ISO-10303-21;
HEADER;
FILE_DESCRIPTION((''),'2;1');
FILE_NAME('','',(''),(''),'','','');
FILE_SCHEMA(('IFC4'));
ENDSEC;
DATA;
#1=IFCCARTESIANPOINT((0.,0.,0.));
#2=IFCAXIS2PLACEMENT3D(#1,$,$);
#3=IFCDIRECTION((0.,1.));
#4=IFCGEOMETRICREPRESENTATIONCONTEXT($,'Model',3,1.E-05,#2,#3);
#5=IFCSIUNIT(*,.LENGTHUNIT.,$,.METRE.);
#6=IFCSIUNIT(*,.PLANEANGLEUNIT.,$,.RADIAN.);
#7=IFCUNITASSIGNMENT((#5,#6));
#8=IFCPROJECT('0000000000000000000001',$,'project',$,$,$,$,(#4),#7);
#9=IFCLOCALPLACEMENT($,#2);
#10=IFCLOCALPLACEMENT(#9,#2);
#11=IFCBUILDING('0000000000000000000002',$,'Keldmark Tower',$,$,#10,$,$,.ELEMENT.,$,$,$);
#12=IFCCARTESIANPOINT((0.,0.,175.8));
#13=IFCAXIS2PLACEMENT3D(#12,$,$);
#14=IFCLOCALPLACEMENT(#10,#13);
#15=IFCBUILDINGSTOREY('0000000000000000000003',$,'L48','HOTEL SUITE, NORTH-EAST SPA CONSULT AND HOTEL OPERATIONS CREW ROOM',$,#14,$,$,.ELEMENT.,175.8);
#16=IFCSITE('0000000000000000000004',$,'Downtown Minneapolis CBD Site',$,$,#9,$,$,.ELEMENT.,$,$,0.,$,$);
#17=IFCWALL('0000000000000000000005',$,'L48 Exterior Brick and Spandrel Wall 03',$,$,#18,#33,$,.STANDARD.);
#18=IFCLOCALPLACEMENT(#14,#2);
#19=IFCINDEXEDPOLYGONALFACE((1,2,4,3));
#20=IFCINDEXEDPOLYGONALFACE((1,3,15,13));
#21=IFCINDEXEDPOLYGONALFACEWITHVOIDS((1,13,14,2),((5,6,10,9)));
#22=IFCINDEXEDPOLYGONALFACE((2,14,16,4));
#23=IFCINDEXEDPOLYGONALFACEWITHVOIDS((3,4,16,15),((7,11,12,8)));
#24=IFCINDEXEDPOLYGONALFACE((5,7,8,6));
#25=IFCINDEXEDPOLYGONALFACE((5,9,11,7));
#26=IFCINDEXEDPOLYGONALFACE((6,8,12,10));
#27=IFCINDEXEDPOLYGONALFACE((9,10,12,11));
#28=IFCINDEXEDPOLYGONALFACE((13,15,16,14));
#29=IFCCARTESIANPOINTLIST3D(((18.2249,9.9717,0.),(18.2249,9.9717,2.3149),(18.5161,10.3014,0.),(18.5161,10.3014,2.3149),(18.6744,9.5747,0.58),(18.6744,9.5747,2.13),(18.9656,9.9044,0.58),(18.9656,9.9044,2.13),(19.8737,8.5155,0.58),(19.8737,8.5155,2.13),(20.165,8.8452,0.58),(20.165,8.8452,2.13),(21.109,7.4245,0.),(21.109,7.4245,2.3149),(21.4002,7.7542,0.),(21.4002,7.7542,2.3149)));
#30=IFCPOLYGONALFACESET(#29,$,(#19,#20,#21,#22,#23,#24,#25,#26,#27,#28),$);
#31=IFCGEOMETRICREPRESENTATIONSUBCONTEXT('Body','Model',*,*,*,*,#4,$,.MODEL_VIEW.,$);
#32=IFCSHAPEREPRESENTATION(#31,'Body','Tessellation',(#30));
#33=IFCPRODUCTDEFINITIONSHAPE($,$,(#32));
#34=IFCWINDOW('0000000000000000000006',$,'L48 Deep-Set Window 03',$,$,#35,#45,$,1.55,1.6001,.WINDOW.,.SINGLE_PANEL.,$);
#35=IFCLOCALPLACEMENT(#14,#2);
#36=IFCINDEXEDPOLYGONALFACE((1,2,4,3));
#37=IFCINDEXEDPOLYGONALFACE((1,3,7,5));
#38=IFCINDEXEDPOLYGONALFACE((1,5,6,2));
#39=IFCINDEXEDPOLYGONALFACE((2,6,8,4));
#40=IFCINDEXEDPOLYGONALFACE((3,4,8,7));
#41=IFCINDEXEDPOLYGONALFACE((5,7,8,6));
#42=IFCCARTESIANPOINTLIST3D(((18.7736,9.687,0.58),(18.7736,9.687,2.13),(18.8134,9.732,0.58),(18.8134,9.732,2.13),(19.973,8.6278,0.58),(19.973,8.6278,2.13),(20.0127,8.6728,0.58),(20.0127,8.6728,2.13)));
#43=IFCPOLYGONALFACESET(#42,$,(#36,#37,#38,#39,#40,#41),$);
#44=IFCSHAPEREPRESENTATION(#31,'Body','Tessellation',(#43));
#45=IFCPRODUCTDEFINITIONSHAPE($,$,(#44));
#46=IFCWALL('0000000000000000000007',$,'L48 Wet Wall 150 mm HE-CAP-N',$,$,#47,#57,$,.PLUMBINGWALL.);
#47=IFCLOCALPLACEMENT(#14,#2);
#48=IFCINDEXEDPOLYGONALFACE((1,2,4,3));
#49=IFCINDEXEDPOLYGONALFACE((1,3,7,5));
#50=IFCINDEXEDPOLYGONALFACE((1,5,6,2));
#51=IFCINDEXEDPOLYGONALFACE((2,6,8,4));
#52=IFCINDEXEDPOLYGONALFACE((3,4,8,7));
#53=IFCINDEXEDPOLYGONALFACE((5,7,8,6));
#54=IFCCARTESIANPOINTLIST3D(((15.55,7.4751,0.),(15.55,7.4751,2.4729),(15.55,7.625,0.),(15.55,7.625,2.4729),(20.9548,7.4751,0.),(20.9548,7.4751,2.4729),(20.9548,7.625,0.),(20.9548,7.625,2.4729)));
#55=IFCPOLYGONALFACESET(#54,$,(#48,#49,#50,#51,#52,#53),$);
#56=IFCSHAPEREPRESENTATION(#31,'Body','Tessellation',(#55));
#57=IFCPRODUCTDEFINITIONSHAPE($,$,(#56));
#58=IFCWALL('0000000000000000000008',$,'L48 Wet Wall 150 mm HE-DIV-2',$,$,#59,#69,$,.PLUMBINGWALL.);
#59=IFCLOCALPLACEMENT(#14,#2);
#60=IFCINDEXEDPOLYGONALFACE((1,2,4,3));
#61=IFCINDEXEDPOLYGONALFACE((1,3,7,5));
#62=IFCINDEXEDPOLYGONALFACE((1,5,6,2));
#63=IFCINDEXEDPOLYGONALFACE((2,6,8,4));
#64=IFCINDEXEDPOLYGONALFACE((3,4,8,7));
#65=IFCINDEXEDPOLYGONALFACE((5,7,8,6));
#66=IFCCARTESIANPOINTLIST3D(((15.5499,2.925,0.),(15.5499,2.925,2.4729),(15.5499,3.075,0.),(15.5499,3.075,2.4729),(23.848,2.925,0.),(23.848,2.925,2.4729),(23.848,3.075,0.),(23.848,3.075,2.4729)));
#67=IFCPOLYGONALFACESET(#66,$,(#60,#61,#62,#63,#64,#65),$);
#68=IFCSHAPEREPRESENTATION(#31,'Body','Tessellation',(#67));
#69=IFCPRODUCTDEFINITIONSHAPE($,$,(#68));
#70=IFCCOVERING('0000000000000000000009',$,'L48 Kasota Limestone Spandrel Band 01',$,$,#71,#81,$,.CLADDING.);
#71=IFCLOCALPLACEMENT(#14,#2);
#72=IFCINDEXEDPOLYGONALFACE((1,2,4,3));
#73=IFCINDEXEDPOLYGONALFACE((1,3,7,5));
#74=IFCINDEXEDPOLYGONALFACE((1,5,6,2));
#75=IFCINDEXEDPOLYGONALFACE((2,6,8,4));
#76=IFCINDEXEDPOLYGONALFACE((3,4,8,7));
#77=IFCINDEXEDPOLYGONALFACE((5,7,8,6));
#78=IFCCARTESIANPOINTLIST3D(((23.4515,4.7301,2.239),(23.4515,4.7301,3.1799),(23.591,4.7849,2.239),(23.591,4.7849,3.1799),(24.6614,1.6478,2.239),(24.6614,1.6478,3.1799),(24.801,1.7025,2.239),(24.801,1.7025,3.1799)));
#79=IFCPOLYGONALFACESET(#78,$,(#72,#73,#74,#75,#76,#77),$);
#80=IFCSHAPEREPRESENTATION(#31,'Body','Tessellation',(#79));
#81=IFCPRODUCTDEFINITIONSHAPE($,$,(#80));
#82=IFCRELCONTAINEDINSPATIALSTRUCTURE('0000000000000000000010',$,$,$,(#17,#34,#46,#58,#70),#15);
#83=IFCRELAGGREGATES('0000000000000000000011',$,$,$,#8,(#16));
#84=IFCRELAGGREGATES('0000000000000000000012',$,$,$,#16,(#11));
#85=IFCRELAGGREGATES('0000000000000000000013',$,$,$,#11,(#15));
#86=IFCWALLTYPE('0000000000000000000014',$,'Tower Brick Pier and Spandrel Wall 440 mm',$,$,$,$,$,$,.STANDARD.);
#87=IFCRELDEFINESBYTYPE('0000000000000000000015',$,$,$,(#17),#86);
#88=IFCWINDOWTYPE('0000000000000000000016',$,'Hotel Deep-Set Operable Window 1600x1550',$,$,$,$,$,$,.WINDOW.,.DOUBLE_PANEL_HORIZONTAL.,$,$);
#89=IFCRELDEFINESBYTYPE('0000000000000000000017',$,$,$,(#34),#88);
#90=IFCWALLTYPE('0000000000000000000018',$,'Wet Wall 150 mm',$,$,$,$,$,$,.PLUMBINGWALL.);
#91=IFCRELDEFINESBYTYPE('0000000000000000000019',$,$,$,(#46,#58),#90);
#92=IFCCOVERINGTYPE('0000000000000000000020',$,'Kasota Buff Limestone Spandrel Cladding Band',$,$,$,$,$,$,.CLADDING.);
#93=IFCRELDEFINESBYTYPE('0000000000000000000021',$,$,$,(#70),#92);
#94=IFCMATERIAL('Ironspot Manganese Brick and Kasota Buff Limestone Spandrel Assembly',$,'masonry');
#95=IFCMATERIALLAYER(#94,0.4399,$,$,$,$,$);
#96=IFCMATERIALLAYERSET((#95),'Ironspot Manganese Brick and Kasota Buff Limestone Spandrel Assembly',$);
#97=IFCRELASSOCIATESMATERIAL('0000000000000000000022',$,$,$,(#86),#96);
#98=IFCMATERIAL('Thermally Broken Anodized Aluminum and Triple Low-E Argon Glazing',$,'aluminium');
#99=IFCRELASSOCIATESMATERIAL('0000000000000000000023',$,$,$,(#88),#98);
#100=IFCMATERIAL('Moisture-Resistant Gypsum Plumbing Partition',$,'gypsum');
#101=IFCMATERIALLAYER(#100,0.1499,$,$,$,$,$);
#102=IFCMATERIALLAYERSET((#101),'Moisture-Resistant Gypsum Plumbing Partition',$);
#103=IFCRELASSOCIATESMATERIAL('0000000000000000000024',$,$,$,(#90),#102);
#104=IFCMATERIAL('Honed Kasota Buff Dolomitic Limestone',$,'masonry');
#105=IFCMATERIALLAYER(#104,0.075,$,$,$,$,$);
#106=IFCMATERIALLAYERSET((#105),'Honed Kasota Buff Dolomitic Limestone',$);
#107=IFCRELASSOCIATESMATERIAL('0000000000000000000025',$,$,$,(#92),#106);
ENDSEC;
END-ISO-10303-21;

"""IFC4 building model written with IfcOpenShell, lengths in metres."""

from ifc_helpers import new_model, si_unit, direction, frame, frame_2d, origin, origin_2d, place, context, subcontext, project, spatial, rectangle, extrude, material, layer, layer_set, type_object, element, fill, save


model = new_model("IFC4")

# Units and contexts
model_context = context("Model", 3, precision=1e-05, world=origin(), true_north=direction((0.0, 1.0)))
body_context = subcontext(model_context, "Body", "Model", "MODEL_VIEW")
ifc_project = project(units=[si_unit("LENGTHUNIT", "METRE"), si_unit("PLANEANGLEUNIT", "RADIAN")], contexts=[model_context])

# Site, building, storey
site_placement = place(None, origin())
site = spatial("IfcSite", under=ifc_project, at=site_placement, Name="Downtown Minneapolis CBD Site", CompositionType="ELEMENT", RefElevation=0.0)
building_placement = place(site_placement, origin())
building = spatial("IfcBuilding", under=site, at=building_placement, Name="Keldmark Tower", CompositionType="ELEMENT")
storey_placement = place(building_placement, frame((0.0, 0.0, 175.8)))
storey = spatial("IfcBuildingStorey", under=building, at=storey_placement, Name="L48", Description="HOTEL SUITE, NORTH-EAST SPA CONSULT AND HOTEL OPERATIONS CREW ROOM", CompositionType="ELEMENT", Elevation=175.8)

# Wall, opening, window
ifc_material_1 = material(Name="Ironspot Manganese Brick and Kasota Buff Limestone Spandrel Assembly", Category="masonry")
ifc_layer_1 = layer(ifc_material_1, 0.4399)
ifc_layer_set_1 = layer_set([ifc_layer_1], Name="Ironspot Manganese Brick and Kasota Buff Limestone Spandrel Assembly")
wall_type_1 = type_object("IfcWallType", Name="Tower Brick Pier and Spandrel Wall 440 mm", PredefinedType="STANDARD", material=ifc_layer_set_1)
ifc_material_2 = material(Name="Thermally Broken Anodized Aluminum and Triple Low-E Argon Glazing", Category="aluminium")
window_type_1 = type_object("IfcWindowType", Name="Hotel Deep-Set Operable Window 1600x1550", PartitioningType="DOUBLE_PANEL_HORIZONTAL", PredefinedType="WINDOW", material=ifc_material_2)
wall_1_placement = place(storey_placement, frame((18.3706, 10.1365, 0.0), z_axis=(0.0, 0.0, 1.0), x_axis=(0.74953, -0.66197, 0.0)))
wall_1 = element("IfcWall", 1, at=wall_1_placement, inside=storey, type_object=wall_type_1, Name="L48 Exterior Brick and Spandrel Wall 03", PredefinedType="STANDARD", context=body_context, shape_type="SweptSolid", body=[
    extrude(rectangle(XDim=3.8479, YDim=0.4399, at=frame_2d((1.9238, 0.0))), origin(), (0.0, 0.0, 1.0), 2.3149),
])
opening_1_placement = place(wall_1_placement, frame((0.5996, 0.0, 0.5801)))
opening_1 = element("IfcOpeningElement", 2, at=opening_1_placement, cuts=wall_1, PredefinedType="OPENING", context=body_context, shape_type="SweptSolid", body=[
    extrude(rectangle(XDim=1.6001, YDim=1.55, at=frame_2d((0.8, 0.7749))), frame((0.0, 0.23, 0.0), z_axis=(0.0, -1.0, 0.0), x_axis=(1.0, 0.0, 0.0)), (0.0, 0.0, 1.0), 0.46),
])
window_1_placement = place(opening_1_placement, origin())
window_1 = element("IfcWindow", 3, at=window_1_placement, inside=storey, type_object=window_type_1, Name="L48 Deep-Set Window 03", OverallHeight=1.55, OverallWidth=1.6001, PartitioningType="SINGLE_PANEL", PredefinedType="WINDOW", context=body_context, shape_type="SweptSolid", body=[
    extrude(rectangle(XDim=1.6001, YDim=1.55, at=frame_2d((0.8, 0.7749))), frame((0.0, -0.01, 0.0), z_axis=(0.0, -1.0, 0.0), x_axis=(1.0, 0.0, 0.0)), (0.0, 0.0, 1.0), 0.0601),
])
fill(opening_1, window_1)

# Walls
ifc_material_3 = material(Name="Moisture-Resistant Gypsum Plumbing Partition", Category="gypsum")
ifc_layer_2 = layer(ifc_material_3, 0.1499)
ifc_layer_set_2 = layer_set([ifc_layer_2], Name="Moisture-Resistant Gypsum Plumbing Partition")
wall_type_2 = type_object("IfcWallType", Name="Wet Wall 150 mm", PredefinedType="PLUMBINGWALL", material=ifc_layer_set_2)
wall_2_placement = place(storey_placement, frame((15.55, 7.55, 0.0), z_axis=(0.0, 0.0, 1.0), x_axis=(1.0, 0.0, 0.0)))
element("IfcWall", 4, at=wall_2_placement, inside=storey, type_object=wall_type_2, Name="L48 Wet Wall 150 mm HE-CAP-N", PredefinedType="PLUMBINGWALL", context=body_context, shape_type="SweptSolid", body=[
    extrude(rectangle(XDim=5.4048, YDim=0.1499, at=frame_2d((2.7024, 0.0))), origin(), (0.0, 0.0, 1.0), 2.4729),
])
wall_3_placement = place(storey_placement, frame((15.55, 3.0, 0.0), z_axis=(0.0, 0.0, 1.0), x_axis=(1.0, 0.0, 0.0)))
element("IfcWall", 5, at=wall_3_placement, inside=storey, type_object=wall_type_2, Name="L48 Wet Wall 150 mm HE-DIV-2", PredefinedType="PLUMBINGWALL", context=body_context, shape_type="SweptSolid", body=[
    extrude(rectangle(XDim=8.2981, YDim=0.1499, at=frame_2d((4.1489, 0.0))), origin(), (0.0, 0.0, 1.0), 2.4729),
])

# Covering
ifc_material_4 = material(Name="Honed Kasota Buff Dolomitic Limestone", Category="masonry")
ifc_layer_3 = layer(ifc_material_4, 0.075)
ifc_layer_set_3 = layer_set([ifc_layer_3], Name="Honed Kasota Buff Dolomitic Limestone")
covering_type = type_object("IfcCoveringType", Name="Kasota Buff Limestone Spandrel Cladding Band", PredefinedType="CLADDING", material=ifc_layer_set_3)
covering_placement = place(storey_placement, frame((24.1262, 3.2163, 2.239), z_axis=(0.0, 0.0, 1.0), x_axis=(-0.365397, 0.930852, 0.0)))
element("IfcCovering", 6, at=covering_placement, inside=storey, type_object=covering_type, Name="L48 Kasota Limestone Spandrel Band 01", PredefinedType="CLADDING", context=body_context, shape_type="SweptSolid", body=[
    extrude(rectangle(XDim=3.3113, YDim=0.1499, at=origin_2d()), origin(), (0.0, 0.0, 1.0), 0.9409),
])

save(model, "model.ifc")
